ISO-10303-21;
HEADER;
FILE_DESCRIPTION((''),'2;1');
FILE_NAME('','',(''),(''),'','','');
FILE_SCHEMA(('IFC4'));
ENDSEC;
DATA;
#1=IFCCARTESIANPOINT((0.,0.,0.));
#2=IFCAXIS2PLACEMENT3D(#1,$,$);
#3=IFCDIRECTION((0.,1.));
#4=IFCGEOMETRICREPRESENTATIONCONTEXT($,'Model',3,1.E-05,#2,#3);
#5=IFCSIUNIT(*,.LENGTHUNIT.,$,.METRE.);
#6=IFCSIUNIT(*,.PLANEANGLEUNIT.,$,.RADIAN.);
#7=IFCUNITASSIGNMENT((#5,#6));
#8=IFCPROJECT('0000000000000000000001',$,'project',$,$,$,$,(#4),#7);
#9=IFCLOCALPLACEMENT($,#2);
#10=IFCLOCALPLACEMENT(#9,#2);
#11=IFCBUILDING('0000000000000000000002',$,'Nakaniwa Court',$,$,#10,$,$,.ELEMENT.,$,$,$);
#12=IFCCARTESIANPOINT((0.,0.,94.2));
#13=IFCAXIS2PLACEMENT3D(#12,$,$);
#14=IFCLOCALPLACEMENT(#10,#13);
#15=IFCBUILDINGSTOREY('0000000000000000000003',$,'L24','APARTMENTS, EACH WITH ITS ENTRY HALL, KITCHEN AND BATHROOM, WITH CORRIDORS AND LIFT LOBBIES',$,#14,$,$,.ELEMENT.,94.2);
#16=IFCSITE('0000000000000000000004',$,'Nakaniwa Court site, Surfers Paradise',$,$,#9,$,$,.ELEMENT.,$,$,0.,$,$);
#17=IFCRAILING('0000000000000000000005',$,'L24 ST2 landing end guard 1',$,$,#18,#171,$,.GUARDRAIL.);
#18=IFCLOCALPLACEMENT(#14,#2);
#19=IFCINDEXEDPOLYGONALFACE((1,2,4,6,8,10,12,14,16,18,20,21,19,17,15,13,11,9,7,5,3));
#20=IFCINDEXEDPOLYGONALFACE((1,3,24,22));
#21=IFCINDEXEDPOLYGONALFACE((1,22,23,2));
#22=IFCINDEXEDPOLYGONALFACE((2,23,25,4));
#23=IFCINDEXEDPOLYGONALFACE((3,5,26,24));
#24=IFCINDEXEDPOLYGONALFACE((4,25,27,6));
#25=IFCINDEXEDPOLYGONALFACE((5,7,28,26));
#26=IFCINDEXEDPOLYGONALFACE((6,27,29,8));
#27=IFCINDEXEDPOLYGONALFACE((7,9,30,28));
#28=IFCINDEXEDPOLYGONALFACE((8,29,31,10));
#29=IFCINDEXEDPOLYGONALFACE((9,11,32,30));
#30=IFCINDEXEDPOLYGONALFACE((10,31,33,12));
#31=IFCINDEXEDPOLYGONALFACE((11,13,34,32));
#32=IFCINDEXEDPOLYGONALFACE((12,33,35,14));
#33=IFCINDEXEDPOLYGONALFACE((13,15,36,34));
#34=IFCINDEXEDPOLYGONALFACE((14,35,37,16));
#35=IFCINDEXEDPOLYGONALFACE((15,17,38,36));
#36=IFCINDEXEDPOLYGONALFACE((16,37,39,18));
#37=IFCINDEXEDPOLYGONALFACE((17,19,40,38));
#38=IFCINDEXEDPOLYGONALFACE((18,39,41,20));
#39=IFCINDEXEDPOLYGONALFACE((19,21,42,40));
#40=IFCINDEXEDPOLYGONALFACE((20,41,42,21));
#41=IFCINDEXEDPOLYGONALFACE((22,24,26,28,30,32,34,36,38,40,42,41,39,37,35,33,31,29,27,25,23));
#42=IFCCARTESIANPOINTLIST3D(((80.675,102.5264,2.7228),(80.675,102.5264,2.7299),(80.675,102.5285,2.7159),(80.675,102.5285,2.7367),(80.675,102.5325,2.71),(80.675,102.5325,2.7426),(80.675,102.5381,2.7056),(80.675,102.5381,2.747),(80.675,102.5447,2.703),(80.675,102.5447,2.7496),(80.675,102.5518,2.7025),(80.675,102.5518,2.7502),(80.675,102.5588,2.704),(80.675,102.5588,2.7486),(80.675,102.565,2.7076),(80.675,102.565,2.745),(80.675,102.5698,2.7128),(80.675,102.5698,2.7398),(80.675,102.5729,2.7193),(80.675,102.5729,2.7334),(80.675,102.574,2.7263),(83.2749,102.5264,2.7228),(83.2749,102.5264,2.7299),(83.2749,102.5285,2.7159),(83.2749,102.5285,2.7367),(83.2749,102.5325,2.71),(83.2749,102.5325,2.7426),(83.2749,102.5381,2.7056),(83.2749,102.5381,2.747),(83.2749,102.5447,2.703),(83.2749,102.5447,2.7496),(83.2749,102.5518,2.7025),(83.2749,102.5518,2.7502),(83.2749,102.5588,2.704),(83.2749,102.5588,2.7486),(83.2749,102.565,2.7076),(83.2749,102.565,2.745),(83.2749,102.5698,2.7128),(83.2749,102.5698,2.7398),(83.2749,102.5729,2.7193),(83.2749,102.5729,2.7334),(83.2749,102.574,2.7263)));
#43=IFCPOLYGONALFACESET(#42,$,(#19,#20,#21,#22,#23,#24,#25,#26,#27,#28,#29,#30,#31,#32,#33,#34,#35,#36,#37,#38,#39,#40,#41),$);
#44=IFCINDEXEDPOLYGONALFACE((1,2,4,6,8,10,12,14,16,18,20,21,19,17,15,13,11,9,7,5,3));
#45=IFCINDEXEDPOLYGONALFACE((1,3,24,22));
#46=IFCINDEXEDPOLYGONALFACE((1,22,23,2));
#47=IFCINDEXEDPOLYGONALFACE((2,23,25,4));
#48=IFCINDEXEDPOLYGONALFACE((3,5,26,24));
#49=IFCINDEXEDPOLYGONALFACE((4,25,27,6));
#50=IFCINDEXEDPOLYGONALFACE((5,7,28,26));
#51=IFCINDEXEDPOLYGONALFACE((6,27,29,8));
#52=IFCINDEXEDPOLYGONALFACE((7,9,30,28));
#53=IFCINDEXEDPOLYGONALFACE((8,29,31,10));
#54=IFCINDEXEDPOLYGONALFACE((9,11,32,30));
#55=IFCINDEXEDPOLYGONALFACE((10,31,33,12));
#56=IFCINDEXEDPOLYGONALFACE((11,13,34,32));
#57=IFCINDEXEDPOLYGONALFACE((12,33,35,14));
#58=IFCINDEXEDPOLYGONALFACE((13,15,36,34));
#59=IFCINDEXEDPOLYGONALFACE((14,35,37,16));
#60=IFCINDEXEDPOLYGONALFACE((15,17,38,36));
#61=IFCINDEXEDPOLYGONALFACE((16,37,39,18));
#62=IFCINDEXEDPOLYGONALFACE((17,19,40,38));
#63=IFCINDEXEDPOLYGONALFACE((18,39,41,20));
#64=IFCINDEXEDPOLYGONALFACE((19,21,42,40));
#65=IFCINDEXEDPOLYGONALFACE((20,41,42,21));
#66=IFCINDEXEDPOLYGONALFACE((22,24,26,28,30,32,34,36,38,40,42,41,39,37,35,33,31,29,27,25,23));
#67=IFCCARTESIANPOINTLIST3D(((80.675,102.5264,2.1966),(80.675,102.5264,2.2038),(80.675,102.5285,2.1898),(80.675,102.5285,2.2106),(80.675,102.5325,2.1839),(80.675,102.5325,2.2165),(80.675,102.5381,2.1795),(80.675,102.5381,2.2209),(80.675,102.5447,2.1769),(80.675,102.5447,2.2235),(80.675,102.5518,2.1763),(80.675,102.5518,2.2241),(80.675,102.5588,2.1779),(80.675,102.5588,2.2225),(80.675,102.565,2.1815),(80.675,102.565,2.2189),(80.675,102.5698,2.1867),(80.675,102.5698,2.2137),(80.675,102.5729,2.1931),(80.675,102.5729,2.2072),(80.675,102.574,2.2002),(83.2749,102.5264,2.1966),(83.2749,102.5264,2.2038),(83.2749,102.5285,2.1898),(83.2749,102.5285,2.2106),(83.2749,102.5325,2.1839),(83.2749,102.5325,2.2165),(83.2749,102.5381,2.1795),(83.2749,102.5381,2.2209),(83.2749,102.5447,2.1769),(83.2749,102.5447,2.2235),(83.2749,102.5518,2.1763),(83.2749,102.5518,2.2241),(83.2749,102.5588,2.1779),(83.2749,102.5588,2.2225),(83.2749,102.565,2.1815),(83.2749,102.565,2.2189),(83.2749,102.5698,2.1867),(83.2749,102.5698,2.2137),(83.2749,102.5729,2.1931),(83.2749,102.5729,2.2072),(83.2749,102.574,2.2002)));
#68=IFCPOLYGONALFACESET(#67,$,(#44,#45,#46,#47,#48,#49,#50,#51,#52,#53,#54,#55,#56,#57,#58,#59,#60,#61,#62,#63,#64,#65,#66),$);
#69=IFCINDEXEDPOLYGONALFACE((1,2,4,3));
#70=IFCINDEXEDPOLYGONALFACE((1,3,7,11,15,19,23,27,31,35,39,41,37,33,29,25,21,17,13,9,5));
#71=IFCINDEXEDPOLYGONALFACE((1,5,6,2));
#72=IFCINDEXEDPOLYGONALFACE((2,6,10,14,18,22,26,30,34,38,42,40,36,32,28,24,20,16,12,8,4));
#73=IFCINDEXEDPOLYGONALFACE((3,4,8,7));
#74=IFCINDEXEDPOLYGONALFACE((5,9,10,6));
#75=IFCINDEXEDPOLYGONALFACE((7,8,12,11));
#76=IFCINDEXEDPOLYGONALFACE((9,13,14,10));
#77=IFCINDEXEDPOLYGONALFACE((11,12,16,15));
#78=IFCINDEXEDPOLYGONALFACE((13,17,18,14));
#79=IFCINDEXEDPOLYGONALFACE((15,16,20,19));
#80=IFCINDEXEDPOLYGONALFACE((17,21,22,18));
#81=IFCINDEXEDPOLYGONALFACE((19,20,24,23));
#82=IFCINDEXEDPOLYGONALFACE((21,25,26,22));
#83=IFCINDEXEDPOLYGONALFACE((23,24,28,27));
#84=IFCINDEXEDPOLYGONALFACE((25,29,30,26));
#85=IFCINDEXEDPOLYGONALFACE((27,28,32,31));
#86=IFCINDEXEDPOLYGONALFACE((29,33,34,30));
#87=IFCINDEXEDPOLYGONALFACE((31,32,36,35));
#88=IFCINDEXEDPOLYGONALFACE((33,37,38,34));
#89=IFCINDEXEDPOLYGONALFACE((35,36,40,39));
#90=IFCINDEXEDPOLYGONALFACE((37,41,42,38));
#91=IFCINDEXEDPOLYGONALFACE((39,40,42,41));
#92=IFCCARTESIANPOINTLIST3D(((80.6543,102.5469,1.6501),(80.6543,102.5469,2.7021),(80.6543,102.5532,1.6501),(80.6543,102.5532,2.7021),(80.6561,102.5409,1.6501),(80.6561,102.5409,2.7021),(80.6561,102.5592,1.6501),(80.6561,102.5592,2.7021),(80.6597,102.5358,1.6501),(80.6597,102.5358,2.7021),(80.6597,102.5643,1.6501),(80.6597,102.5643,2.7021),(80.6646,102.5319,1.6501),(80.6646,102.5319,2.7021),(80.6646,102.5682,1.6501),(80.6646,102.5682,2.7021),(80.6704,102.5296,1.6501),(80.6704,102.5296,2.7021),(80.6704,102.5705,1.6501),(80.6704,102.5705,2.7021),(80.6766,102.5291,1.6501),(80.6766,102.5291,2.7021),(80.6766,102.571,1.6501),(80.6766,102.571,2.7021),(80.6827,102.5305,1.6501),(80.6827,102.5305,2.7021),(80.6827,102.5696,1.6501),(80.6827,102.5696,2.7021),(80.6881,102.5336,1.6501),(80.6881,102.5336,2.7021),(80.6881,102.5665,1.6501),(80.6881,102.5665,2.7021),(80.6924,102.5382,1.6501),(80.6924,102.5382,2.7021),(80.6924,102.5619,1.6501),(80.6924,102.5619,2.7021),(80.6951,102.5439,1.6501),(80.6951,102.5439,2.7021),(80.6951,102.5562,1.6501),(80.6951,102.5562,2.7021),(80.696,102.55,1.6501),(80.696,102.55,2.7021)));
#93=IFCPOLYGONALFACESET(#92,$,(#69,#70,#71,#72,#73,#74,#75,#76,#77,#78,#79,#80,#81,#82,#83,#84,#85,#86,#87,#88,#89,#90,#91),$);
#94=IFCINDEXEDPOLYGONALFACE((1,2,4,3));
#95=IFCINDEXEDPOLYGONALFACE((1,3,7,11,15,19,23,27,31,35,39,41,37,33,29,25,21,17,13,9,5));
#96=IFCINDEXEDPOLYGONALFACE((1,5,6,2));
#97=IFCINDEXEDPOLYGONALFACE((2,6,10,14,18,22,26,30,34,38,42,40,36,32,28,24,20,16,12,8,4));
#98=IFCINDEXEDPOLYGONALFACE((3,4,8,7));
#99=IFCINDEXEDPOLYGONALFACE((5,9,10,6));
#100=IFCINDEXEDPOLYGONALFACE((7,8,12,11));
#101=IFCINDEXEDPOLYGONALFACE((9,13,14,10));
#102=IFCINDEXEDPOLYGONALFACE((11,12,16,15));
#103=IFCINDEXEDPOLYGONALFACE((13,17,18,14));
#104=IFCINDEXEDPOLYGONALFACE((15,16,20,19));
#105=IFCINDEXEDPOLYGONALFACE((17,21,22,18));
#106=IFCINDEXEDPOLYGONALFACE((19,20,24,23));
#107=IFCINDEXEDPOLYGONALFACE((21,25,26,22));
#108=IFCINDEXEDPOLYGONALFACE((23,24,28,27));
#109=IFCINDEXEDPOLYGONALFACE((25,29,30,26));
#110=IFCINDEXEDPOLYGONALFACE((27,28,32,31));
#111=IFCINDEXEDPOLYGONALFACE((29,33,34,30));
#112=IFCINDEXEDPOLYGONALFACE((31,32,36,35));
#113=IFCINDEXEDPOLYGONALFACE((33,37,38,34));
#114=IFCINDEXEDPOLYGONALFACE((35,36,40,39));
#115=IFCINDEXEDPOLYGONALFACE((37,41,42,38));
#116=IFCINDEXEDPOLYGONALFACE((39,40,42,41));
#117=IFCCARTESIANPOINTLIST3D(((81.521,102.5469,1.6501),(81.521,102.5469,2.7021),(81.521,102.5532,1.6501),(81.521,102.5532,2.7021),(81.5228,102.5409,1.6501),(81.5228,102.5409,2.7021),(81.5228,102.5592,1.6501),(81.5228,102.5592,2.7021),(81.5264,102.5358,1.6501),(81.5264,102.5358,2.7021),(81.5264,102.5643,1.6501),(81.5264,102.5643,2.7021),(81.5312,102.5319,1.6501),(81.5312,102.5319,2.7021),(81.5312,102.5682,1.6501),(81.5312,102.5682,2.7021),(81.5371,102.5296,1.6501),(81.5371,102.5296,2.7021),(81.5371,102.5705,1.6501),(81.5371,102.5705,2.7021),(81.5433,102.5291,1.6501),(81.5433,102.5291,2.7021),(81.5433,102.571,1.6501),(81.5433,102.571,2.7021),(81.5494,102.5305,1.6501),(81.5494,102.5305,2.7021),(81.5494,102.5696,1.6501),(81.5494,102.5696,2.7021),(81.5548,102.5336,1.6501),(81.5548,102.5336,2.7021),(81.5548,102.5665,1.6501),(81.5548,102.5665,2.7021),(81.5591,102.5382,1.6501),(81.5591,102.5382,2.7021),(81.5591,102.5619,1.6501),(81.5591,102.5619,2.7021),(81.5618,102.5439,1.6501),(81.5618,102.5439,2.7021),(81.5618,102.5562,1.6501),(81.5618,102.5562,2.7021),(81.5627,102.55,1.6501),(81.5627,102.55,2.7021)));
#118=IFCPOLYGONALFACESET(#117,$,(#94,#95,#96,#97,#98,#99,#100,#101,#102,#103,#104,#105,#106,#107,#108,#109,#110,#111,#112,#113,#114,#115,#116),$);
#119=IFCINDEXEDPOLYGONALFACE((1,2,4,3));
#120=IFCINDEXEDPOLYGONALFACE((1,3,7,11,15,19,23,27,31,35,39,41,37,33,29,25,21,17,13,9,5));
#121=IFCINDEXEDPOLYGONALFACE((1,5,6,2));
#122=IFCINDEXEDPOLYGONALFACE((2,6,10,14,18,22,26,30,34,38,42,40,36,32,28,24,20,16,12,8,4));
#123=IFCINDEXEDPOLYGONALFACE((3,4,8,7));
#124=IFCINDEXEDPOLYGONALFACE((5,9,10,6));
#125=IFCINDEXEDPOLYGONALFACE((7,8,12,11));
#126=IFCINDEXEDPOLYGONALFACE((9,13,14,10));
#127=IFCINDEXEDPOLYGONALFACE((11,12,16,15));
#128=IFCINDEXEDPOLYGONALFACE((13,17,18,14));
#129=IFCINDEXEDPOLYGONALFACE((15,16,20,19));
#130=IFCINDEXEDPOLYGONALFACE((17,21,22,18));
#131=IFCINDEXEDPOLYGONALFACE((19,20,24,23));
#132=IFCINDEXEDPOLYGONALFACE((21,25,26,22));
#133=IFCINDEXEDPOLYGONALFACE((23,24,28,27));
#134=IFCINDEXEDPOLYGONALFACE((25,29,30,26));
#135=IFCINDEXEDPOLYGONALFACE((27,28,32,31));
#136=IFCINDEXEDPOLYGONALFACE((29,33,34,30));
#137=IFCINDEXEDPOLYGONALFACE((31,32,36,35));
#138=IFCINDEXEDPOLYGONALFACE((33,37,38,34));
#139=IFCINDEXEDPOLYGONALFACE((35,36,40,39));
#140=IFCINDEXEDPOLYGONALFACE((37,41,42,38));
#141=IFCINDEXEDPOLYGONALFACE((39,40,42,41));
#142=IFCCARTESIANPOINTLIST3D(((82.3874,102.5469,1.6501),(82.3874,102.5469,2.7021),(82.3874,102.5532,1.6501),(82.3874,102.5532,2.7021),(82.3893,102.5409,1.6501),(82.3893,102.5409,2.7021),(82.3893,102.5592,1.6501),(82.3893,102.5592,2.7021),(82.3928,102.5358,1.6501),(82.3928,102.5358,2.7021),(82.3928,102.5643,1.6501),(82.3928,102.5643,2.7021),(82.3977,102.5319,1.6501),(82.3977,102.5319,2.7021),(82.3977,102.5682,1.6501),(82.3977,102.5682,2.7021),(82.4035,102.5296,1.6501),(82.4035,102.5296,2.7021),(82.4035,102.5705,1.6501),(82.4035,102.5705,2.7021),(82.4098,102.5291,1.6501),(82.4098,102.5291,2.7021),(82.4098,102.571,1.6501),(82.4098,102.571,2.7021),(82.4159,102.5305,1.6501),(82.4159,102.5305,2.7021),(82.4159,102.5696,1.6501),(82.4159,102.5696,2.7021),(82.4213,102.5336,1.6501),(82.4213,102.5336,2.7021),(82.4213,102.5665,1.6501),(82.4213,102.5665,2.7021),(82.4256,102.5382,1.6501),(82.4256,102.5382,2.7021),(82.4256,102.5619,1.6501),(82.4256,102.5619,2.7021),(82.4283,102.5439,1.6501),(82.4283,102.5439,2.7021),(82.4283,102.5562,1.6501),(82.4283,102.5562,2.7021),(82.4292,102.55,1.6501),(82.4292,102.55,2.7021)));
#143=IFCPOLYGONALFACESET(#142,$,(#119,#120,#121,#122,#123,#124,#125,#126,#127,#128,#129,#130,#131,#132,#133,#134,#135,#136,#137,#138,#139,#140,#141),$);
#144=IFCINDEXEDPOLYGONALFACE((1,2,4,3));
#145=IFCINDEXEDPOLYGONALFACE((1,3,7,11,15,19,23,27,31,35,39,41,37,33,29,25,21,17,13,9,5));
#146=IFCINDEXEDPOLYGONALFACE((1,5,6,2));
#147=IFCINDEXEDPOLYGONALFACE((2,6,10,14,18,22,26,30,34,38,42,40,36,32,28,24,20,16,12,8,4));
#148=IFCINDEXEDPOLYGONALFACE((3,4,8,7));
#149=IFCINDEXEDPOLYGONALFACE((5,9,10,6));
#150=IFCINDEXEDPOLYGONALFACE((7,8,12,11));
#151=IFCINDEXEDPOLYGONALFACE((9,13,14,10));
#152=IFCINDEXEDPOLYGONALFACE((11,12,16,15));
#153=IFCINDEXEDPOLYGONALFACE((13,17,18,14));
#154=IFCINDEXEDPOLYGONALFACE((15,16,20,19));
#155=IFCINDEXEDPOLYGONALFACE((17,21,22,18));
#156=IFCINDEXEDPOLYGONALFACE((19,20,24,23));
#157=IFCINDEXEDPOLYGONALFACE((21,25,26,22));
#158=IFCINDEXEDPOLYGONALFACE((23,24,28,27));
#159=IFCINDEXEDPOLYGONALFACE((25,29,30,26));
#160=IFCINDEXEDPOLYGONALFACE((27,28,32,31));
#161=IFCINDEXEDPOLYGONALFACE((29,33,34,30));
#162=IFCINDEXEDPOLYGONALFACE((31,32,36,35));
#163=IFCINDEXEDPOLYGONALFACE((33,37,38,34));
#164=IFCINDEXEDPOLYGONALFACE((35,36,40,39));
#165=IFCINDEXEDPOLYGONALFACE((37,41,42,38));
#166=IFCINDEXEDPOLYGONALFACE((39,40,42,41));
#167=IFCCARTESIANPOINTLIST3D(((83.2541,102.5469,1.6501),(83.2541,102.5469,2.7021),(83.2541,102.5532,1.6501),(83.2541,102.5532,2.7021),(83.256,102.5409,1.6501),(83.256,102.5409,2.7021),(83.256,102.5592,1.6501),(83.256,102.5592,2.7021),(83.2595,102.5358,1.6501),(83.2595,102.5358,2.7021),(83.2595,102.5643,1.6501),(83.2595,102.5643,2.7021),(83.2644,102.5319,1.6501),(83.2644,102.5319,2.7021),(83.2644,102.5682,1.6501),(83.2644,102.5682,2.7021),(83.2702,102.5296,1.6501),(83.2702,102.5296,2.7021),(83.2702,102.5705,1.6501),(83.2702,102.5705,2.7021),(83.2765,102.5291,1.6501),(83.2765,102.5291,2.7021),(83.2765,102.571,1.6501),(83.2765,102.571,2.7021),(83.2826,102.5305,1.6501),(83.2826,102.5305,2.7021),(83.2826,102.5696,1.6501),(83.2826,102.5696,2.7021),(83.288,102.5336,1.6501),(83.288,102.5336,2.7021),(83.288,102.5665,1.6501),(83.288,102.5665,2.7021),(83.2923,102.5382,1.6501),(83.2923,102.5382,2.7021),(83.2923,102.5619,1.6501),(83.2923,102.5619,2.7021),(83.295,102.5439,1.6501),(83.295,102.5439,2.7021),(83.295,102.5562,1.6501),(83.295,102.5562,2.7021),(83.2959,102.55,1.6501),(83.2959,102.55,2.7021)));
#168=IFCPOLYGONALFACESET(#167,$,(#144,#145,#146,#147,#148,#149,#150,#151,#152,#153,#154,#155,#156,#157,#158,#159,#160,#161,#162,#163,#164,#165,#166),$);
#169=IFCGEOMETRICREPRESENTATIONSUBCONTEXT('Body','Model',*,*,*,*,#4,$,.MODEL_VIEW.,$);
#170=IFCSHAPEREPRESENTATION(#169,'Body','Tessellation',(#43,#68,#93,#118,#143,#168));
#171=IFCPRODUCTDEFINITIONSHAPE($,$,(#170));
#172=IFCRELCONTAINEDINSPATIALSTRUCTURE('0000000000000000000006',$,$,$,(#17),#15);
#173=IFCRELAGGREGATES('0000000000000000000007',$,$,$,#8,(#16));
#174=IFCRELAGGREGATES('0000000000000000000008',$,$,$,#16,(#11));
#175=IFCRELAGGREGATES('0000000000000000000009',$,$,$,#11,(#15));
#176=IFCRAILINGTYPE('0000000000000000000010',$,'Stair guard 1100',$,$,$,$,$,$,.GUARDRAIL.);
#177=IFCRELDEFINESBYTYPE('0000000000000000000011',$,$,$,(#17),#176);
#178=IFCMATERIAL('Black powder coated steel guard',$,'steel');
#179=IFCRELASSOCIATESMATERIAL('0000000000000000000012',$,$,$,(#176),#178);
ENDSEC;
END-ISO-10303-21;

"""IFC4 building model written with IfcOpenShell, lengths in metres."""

from ifc_helpers import new_model, si_unit, direction, frame, origin, origin_2d, place, context, subcontext, project, spatial, circle, extrude, material, type_object, element, save


model = new_model("IFC4")

# Units and contexts
model_context = context("Model", 3, precision=1e-05, world=origin(), true_north=direction((0.0, 1.0)))
body_context = subcontext(model_context, "Body", "Model", "MODEL_VIEW")
ifc_project = project(units=[si_unit("LENGTHUNIT", "METRE"), si_unit("PLANEANGLEUNIT", "RADIAN")], contexts=[model_context])

# Site, building, storey
site_placement = place(None, origin())
site = spatial("IfcSite", under=ifc_project, at=site_placement, Name="Nakaniwa Court site, Surfers Paradise", CompositionType="ELEMENT", RefElevation=0.0)
building_placement = place(site_placement, origin())
building = spatial("IfcBuilding", under=site, at=building_placement, Name="Nakaniwa Court", CompositionType="ELEMENT")
storey_placement = place(building_placement, frame((0.0, 0.0, 94.2)))
storey = spatial("IfcBuildingStorey", under=building, at=storey_placement, Name="L24", Description="APARTMENTS, EACH WITH ITS ENTRY HALL, KITCHEN AND BATHROOM, WITH CORRIDORS AND LIFT LOBBIES", CompositionType="ELEMENT", Elevation=94.2)

# Railing
ifc_material_1 = material(Name="Black powder coated steel guard", Category="steel")
railing_type_1 = type_object("IfcRailingType", Name="Stair guard 1100", PredefinedType="GUARDRAIL", material=ifc_material_1)
railing_1_placement = place(storey_placement, frame((80.675, 102.55, 1.6501)))
element("IfcRailing", 1, at=railing_1_placement, inside=storey, type_object=railing_type_1, Name="L24 ST2 landing end guard 1", PredefinedType="GUARDRAIL", context=body_context, shape_type="SweptSolid", body=[
    extrude(circle(Radius=0.0239, at=origin_2d()), frame((0.0, 0.0, 1.0762), z_axis=(1.0, 0.0, 0.0), x_axis=(0.0, 1.0, 0.0)), (0.0, 0.0, 1.0), 2.5999),
    extrude(circle(Radius=0.0239, at=origin_2d()), frame((0.0, 0.0, 0.55), z_axis=(1.0, 0.0, 0.0), x_axis=(0.0, 1.0, 0.0)), (0.0, 0.0, 1.0), 2.5999),
    extrude(circle(Radius=0.021, at=origin_2d()), origin(), (0.0, 0.0, 1.0), 1.052),
    extrude(circle(Radius=0.021, at=origin_2d()), frame((0.8667, 0.0, 0.0)), (0.0, 0.0, 1.0), 1.052),
    extrude(circle(Radius=0.021, at=origin_2d()), frame((1.7332, 0.0, 0.0)), (0.0, 0.0, 1.0), 1.052),
    extrude(circle(Radius=0.021, at=origin_2d()), frame((2.5999, 0.0, 0.0)), (0.0, 0.0, 1.0), 1.052),
])

save(model, "model.ifc")
